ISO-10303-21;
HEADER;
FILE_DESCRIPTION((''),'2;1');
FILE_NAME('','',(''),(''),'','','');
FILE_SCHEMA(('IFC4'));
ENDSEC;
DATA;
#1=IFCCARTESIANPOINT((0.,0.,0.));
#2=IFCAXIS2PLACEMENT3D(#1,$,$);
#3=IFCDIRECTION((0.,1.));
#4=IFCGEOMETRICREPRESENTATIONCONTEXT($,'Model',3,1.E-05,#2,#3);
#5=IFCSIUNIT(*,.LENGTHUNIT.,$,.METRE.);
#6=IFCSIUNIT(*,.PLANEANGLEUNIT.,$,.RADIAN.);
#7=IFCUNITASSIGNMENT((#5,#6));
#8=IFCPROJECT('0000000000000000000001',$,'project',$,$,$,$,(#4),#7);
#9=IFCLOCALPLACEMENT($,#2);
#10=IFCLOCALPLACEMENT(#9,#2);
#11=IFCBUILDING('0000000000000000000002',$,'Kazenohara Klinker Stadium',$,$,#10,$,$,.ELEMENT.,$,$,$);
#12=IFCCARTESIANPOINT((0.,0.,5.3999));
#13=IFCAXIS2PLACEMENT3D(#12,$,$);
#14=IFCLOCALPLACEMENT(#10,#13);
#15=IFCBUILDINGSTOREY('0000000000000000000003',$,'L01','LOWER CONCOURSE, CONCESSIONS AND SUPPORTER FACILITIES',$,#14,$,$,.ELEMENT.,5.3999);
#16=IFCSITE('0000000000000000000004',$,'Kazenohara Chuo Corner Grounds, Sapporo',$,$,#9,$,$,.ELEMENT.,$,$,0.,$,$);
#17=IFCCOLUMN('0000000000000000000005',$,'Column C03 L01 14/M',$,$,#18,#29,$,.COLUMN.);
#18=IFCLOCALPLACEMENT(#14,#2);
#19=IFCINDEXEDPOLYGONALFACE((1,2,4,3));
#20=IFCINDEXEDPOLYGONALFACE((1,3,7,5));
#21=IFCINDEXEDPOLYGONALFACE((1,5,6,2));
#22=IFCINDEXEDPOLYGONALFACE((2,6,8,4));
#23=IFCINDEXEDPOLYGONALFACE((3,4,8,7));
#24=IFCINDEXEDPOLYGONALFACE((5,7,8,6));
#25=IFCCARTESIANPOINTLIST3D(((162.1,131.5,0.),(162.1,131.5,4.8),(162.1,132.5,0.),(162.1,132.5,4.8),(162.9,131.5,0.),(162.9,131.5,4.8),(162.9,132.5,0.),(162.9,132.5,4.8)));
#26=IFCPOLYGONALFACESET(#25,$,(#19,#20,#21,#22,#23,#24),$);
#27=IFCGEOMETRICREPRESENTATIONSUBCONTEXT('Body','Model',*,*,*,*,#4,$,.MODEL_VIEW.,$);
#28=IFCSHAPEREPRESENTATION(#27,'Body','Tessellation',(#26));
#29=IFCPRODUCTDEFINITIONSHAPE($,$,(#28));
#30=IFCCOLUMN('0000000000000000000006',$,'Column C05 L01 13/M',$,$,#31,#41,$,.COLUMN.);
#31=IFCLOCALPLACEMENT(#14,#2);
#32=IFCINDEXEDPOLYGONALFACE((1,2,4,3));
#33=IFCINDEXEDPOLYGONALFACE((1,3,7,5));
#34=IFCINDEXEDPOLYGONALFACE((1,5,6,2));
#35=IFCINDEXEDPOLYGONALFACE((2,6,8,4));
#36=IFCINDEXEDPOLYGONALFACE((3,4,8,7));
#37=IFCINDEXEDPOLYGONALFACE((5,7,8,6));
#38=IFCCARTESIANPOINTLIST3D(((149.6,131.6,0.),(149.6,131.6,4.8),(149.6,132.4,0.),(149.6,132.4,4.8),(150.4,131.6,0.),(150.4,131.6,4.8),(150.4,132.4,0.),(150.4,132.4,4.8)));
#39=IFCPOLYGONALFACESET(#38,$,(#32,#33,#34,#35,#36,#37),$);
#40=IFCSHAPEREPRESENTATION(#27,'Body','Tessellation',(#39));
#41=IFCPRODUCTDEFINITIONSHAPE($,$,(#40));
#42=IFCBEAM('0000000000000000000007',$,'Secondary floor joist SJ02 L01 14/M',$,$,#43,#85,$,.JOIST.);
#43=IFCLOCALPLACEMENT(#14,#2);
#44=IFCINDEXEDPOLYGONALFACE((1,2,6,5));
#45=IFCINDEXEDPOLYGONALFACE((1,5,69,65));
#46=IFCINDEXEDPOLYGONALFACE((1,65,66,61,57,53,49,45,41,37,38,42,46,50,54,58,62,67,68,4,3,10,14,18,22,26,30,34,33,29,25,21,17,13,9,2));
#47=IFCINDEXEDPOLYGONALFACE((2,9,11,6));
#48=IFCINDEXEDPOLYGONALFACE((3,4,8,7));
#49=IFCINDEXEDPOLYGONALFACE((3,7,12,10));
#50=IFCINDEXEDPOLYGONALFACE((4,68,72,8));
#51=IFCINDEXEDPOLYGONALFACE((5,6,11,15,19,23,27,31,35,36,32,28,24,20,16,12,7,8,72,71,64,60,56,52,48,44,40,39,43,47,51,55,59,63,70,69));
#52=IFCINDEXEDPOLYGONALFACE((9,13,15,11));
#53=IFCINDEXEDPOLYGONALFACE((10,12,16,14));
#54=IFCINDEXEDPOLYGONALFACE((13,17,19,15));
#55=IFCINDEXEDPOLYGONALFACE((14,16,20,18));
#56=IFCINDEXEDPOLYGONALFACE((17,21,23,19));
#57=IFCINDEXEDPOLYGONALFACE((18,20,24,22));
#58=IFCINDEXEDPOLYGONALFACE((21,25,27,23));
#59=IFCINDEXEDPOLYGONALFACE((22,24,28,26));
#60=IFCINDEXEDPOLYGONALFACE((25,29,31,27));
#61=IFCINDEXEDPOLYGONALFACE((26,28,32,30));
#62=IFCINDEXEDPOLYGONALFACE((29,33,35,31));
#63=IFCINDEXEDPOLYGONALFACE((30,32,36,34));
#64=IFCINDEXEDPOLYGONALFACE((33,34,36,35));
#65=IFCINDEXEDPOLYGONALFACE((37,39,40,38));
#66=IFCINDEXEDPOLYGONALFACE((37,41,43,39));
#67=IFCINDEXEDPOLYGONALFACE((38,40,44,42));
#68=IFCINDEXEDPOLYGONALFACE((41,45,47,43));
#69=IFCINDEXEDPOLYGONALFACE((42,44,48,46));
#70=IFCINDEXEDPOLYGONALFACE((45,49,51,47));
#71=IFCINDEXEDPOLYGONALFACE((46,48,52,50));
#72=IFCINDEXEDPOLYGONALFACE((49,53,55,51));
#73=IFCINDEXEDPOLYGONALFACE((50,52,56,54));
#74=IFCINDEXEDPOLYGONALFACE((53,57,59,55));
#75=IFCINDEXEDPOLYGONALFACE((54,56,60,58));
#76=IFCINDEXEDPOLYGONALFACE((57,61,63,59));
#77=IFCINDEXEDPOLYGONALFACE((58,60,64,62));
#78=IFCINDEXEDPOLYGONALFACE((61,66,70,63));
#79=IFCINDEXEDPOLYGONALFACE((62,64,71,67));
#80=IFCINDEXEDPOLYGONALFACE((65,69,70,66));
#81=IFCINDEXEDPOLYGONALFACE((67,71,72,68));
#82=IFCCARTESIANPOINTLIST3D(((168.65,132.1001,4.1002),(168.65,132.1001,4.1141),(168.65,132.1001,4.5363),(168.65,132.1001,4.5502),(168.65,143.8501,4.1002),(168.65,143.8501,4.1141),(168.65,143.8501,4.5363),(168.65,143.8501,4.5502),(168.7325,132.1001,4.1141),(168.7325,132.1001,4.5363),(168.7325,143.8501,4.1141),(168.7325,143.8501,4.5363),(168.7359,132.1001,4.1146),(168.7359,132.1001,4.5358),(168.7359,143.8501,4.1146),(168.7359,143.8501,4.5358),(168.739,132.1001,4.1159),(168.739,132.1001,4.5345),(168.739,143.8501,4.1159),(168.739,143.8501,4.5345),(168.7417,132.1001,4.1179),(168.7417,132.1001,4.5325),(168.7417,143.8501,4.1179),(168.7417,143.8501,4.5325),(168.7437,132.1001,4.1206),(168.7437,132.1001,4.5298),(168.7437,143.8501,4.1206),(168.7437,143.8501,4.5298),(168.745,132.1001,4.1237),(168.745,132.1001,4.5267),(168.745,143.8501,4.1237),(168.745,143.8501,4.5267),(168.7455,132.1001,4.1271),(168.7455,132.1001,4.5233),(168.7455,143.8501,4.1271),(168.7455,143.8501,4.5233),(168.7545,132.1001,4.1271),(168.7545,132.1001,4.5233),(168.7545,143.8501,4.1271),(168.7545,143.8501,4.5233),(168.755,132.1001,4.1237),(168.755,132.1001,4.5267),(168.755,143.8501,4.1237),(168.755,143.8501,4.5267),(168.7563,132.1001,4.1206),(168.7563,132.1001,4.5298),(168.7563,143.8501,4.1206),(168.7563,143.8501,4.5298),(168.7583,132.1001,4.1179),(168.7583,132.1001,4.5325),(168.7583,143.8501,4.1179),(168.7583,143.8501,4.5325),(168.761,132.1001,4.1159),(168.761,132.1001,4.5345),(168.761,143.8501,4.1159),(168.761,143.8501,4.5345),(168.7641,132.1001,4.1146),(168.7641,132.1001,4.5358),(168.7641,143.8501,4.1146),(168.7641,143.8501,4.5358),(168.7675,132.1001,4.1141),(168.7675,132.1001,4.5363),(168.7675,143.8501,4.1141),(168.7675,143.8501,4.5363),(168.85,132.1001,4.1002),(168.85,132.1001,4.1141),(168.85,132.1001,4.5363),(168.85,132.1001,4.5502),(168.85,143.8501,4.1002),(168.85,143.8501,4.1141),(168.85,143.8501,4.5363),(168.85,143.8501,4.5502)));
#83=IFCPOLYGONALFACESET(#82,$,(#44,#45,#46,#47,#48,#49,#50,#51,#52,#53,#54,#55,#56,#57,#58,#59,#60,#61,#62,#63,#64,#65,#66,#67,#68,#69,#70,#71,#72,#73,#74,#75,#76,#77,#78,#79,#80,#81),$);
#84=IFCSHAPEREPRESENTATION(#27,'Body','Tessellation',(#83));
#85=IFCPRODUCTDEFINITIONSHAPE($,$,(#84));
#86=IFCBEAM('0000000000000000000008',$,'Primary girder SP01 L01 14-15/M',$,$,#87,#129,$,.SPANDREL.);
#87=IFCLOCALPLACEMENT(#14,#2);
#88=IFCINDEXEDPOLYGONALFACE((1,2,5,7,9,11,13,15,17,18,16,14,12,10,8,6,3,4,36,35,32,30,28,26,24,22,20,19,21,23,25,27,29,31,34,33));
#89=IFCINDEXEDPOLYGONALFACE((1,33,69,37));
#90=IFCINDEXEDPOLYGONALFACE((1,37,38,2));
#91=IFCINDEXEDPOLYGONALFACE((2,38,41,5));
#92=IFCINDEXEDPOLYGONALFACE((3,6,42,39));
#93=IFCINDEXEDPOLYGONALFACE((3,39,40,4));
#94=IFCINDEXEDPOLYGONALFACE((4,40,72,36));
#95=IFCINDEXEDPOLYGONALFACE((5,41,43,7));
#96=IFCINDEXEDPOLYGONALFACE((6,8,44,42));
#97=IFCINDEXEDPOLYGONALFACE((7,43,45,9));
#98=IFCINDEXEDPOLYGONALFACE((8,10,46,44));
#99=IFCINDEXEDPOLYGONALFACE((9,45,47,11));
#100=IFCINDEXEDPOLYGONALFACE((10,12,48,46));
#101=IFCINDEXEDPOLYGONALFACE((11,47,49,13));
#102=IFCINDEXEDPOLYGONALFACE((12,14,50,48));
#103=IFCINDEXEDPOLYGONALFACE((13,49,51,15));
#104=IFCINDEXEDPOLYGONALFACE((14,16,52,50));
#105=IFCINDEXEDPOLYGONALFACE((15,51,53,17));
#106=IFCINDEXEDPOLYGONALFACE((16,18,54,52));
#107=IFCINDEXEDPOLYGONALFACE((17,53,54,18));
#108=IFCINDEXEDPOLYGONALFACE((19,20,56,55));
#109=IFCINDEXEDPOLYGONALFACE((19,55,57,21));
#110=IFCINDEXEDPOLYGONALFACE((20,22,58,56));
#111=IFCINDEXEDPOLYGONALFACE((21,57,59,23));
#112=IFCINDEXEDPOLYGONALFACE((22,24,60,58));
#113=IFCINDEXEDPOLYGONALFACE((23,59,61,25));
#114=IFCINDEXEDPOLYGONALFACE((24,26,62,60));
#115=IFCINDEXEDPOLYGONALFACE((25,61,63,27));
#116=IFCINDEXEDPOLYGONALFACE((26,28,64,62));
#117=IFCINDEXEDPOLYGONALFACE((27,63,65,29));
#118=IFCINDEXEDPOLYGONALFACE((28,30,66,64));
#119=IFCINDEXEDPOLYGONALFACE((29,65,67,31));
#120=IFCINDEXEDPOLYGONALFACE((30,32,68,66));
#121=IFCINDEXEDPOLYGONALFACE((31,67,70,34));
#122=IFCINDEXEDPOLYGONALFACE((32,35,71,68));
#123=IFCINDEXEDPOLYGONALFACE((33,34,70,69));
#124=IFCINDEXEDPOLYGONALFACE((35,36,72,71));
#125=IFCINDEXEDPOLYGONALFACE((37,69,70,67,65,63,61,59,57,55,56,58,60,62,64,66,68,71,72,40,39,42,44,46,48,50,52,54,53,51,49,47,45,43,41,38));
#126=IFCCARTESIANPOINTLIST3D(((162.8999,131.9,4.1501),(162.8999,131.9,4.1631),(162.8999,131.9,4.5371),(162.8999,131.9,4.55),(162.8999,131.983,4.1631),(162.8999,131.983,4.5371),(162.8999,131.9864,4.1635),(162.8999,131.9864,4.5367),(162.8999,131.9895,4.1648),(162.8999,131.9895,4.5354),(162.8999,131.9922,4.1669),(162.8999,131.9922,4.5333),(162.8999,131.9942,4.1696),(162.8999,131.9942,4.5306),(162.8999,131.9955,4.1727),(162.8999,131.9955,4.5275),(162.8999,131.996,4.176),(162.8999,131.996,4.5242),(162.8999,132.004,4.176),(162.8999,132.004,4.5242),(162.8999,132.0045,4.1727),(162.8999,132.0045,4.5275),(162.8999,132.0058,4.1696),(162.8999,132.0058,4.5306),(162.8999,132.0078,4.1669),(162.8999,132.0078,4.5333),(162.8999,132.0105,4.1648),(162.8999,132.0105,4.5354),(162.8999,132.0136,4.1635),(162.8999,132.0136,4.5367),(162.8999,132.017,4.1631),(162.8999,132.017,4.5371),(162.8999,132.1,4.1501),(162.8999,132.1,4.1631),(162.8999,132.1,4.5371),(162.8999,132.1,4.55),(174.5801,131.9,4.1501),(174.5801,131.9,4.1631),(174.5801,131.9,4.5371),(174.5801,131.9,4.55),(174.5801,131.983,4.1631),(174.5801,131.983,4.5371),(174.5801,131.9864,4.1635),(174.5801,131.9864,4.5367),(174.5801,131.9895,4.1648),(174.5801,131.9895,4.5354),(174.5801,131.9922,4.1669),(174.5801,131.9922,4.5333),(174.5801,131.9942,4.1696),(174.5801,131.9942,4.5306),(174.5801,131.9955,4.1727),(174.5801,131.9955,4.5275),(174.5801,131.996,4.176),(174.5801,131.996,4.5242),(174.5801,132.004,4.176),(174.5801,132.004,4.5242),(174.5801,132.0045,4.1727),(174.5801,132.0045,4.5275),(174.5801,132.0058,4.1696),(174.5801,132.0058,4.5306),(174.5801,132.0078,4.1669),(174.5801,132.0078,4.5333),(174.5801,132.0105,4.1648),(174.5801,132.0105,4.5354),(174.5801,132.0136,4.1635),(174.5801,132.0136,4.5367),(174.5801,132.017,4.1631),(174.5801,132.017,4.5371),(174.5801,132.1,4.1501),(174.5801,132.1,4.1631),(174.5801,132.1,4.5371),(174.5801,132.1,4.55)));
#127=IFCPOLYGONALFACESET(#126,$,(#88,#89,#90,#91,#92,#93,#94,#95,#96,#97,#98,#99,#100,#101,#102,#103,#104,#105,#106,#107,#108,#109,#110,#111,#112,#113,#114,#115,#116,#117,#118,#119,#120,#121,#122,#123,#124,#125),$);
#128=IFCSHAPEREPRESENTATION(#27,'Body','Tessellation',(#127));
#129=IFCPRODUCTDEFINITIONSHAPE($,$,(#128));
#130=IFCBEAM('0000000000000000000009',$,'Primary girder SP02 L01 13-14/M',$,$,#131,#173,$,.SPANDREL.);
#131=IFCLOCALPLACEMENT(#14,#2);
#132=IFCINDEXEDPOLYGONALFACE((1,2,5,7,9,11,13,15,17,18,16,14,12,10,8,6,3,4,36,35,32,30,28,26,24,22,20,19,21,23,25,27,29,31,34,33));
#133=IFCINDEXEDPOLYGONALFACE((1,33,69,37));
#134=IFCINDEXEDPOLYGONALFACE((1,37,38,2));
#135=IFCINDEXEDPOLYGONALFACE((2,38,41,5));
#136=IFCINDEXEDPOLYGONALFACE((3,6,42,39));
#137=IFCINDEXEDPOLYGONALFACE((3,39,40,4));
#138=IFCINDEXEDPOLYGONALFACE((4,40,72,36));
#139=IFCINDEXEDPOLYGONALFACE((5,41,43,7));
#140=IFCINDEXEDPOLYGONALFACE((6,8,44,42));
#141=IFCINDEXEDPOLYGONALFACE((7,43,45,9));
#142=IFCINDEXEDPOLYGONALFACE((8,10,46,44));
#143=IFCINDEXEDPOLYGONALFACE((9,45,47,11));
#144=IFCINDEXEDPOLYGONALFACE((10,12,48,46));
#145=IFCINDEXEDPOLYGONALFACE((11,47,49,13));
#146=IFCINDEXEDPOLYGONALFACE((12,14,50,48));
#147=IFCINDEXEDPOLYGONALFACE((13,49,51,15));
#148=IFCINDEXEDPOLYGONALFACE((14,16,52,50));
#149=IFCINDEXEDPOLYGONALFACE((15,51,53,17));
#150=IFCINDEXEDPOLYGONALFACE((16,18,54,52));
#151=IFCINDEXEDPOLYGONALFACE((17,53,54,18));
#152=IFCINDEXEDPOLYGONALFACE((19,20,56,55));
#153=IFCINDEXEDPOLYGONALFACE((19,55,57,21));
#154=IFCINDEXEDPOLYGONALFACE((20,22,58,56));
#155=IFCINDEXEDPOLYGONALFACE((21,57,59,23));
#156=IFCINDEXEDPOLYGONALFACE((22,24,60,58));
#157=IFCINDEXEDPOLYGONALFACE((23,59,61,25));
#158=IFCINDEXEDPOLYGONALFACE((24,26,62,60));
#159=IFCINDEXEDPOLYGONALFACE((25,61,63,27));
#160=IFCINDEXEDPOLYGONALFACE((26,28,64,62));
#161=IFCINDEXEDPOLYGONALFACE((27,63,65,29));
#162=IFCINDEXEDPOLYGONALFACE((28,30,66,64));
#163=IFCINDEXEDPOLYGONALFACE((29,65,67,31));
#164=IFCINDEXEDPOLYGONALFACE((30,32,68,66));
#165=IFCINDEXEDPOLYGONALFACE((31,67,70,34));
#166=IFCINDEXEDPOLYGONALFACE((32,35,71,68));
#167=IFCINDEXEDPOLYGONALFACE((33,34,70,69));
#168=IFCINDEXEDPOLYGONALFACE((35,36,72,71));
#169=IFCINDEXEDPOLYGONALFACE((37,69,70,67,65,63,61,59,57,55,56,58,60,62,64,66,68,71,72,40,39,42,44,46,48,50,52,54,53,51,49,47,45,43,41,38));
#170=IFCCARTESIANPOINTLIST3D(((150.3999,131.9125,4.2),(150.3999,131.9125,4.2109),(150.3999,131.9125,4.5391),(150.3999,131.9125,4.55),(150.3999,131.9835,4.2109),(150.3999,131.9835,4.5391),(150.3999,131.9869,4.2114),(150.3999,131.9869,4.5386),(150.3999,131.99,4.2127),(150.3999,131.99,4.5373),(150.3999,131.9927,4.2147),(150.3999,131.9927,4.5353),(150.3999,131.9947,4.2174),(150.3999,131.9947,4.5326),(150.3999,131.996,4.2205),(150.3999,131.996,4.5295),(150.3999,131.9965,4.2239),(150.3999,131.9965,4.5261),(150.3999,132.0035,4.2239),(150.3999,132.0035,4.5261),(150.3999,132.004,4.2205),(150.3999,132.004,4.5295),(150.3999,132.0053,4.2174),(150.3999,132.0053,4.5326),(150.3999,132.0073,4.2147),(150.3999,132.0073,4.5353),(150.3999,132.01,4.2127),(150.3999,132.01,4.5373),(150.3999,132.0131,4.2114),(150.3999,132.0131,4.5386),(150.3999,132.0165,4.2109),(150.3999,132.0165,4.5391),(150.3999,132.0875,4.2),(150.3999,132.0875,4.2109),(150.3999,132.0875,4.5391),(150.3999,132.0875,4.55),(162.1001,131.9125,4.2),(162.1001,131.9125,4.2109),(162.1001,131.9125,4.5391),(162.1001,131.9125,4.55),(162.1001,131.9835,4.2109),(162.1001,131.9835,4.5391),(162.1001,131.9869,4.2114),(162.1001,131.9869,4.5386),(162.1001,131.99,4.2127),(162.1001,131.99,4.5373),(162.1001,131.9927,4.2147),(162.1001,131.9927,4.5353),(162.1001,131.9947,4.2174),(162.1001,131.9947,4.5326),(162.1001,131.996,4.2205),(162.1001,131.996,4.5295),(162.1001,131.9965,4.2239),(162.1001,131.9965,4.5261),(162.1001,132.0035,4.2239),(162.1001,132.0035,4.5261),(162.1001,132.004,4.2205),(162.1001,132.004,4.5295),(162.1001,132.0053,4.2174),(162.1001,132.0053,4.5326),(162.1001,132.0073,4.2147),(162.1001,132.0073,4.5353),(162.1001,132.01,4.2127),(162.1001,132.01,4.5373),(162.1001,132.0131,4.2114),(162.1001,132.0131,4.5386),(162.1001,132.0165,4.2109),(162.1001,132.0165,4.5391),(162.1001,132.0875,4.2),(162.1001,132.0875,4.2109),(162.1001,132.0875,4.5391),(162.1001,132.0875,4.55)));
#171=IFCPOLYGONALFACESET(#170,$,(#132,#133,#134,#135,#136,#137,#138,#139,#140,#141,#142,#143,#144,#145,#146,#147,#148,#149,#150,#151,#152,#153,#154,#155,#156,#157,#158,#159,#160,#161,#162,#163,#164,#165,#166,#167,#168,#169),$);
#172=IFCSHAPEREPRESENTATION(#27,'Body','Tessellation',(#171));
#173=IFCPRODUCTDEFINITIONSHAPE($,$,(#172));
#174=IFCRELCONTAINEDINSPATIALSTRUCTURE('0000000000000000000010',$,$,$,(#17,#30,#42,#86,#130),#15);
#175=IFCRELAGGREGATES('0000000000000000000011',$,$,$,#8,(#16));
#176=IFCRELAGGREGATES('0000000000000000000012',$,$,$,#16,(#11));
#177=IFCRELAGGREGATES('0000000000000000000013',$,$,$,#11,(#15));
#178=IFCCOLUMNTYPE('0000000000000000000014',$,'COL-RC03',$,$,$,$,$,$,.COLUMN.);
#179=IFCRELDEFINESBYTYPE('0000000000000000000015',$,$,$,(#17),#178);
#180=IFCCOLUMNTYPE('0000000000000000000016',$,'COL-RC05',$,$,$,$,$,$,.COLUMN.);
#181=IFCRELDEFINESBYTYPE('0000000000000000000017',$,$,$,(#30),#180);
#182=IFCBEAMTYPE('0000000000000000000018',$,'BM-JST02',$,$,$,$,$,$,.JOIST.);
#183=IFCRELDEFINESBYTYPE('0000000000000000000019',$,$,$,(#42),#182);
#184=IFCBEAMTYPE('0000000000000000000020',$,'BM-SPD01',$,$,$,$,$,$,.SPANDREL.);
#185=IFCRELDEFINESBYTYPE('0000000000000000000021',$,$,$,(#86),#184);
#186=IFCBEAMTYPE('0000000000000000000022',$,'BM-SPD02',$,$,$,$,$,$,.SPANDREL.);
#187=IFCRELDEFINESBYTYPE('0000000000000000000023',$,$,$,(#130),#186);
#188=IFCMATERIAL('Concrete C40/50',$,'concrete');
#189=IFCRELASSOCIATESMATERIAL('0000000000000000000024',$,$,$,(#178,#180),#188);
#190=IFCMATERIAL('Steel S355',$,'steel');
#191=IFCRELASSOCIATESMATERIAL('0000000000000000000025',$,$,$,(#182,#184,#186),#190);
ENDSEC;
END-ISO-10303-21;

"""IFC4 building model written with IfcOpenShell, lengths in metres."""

from ifc_helpers import new_model, si_unit, direction, frame, origin, origin_2d, place, context, subcontext, project, spatial, rectangle, i_section, extrude, material, material_profile, profile_set, type_object, element, save


model = new_model("IFC4")

# Units and contexts
model_context = context("Model", 3, precision=1e-05, world=origin(), true_north=direction((0.0, 1.0)))
body_context = subcontext(model_context, "Body", "Model", "MODEL_VIEW")
ifc_project = project(units=[si_unit("LENGTHUNIT", "METRE"), si_unit("PLANEANGLEUNIT", "RADIAN")], contexts=[model_context])

# Site, building, storey
site_placement = place(None, origin())
site = spatial("IfcSite", under=ifc_project, at=site_placement, Name="Kazenohara Chuo Corner Grounds, Sapporo", CompositionType="ELEMENT", RefElevation=0.0)
building_placement = place(site_placement, origin())
building = spatial("IfcBuilding", under=site, at=building_placement, Name="Kazenohara Klinker Stadium", CompositionType="ELEMENT")
storey_placement = place(building_placement, frame((0.0, 0.0, 5.3999)))
storey = spatial("IfcBuildingStorey", under=building, at=storey_placement, Name="L01", Description="LOWER CONCOURSE, CONCESSIONS AND SUPPORTER FACILITIES", CompositionType="ELEMENT", Elevation=5.3999)

# Columns
ifc_material_1 = material(Name="Concrete C40/50", Category="concrete")
ifc_material_profile_1 = material_profile(ifc_material_1, rectangle(XDim=0.8, YDim=1.0, at=origin_2d()), Name="RC-COL-1000x800")
ifc_profile_set_1 = profile_set([ifc_material_profile_1], Name="Concrete C40/50")
column_type_1 = type_object("IfcColumnType", Name="COL-RC03", PredefinedType="COLUMN", material=ifc_profile_set_1)
column_1_placement = place(storey_placement, frame((162.5, 132.0, 0.0), z_axis=(0.0, 0.0, 1.0), x_axis=(1.0, 0.0, 0.0)))
element("IfcColumn", 1, at=column_1_placement, inside=storey, type_object=column_type_1, Name="Column C03 L01 14/M", PredefinedType="COLUMN", context=body_context, shape_type="SweptSolid", body=[
    extrude(rectangle(XDim=0.8, YDim=1.0, at=origin_2d()), origin(), (0.0, 0.0, 1.0), 4.8),
])
ifc_material_profile_2 = material_profile(ifc_material_1, rectangle(XDim=0.8, YDim=0.8, at=origin_2d()), Name="RC-COL-800x800")
ifc_profile_set_2 = profile_set([ifc_material_profile_2], Name="Concrete C40/50")
column_type_2 = type_object("IfcColumnType", Name="COL-RC05", PredefinedType="COLUMN", material=ifc_profile_set_2)
column_2_placement = place(storey_placement, frame((150.0, 132.0, 0.0), z_axis=(0.0, 0.0, 1.0), x_axis=(1.0, 0.0, 0.0)))
element("IfcColumn", 2, at=column_2_placement, inside=storey, type_object=column_type_2, Name="Column C05 L01 13/M", PredefinedType="COLUMN", context=body_context, shape_type="SweptSolid", body=[
    extrude(rectangle(XDim=0.8, YDim=0.8, at=origin_2d()), origin(), (0.0, 0.0, 1.0), 4.8),
])

# Beams
ifc_material_2 = material(Name="Steel S355", Category="steel")
ifc_material_profile_3 = material_profile(ifc_material_2, i_section(OverallWidth=0.2, OverallDepth=0.45, WebThickness=0.009, FlangeThickness=0.0139, FilletRadius=0.0129, at=origin_2d()), Name="H-450x200x9x14")
ifc_profile_set_3 = profile_set([ifc_material_profile_3], Name="Steel S355")
beam_type_1 = type_object("IfcBeamType", Name="BM-JST02", PredefinedType="JOIST", material=ifc_profile_set_3)
beam_1_placement = place(storey_placement, frame((168.75, 132.1001, 4.3252), z_axis=(0.0, 1.0, 0.0), x_axis=(-1.0, 0.0, 0.0)))
element("IfcBeam", 3, at=beam_1_placement, inside=storey, type_object=beam_type_1, Name="Secondary floor joist SJ02 L01 14/M", PredefinedType="JOIST", context=body_context, shape_type="SweptSolid", body=[
    extrude(i_section(OverallWidth=0.2, OverallDepth=0.45, WebThickness=0.009, FlangeThickness=0.0139, FilletRadius=0.0129, at=origin_2d()), origin(), (0.0, 0.0, 1.0), 11.75),
])
ifc_material_profile_4 = material_profile(ifc_material_2, i_section(OverallWidth=0.2, OverallDepth=0.3999, WebThickness=0.0081, FlangeThickness=0.0129, FilletRadius=0.0129, at=origin_2d()), Name="H-400x200x8x13")
ifc_profile_set_4 = profile_set([ifc_material_profile_4], Name="Steel S355")
beam_type_2 = type_object("IfcBeamType", Name="BM-SPD01", PredefinedType="SPANDREL", material=ifc_profile_set_4)
beam_2_placement = place(storey_placement, frame((162.8999, 132.0, 4.3501), z_axis=(1.0, 0.0, 0.0), x_axis=(0.0, 1.0, 0.0)))
element("IfcBeam", 4, at=beam_2_placement, inside=storey, type_object=beam_type_2, Name="Primary girder SP01 L01 14-15/M", PredefinedType="SPANDREL", context=body_context, shape_type="SweptSolid", body=[
    extrude(i_section(OverallWidth=0.2, OverallDepth=0.3999, WebThickness=0.0081, FlangeThickness=0.0129, FilletRadius=0.0129, at=origin_2d()), origin(), (0.0, 0.0, 1.0), 11.6802),
])
ifc_material_profile_5 = material_profile(ifc_material_2, i_section(OverallWidth=0.175, OverallDepth=0.3501, WebThickness=0.0071, FlangeThickness=0.011, FilletRadius=0.0129, at=origin_2d()), Name="H-350x175x7x11")
ifc_profile_set_5 = profile_set([ifc_material_profile_5], Name="Steel S355")
beam_type_3 = type_object("IfcBeamType", Name="BM-SPD02", PredefinedType="SPANDREL", material=ifc_profile_set_5)
beam_3_placement = place(storey_placement, frame((150.3999, 132.0, 4.375), z_axis=(1.0, 0.0, 0.0), x_axis=(0.0, 1.0, 0.0)))
element("IfcBeam", 5, at=beam_3_placement, inside=storey, type_object=beam_type_3, Name="Primary girder SP02 L01 13-14/M", PredefinedType="SPANDREL", context=body_context, shape_type="SweptSolid", body=[
    extrude(i_section(OverallWidth=0.175, OverallDepth=0.3501, WebThickness=0.0071, FlangeThickness=0.011, FilletRadius=0.0129, at=origin_2d()), origin(), (0.0, 0.0, 1.0), 11.7002),
])

save(model, "model.ifc")
